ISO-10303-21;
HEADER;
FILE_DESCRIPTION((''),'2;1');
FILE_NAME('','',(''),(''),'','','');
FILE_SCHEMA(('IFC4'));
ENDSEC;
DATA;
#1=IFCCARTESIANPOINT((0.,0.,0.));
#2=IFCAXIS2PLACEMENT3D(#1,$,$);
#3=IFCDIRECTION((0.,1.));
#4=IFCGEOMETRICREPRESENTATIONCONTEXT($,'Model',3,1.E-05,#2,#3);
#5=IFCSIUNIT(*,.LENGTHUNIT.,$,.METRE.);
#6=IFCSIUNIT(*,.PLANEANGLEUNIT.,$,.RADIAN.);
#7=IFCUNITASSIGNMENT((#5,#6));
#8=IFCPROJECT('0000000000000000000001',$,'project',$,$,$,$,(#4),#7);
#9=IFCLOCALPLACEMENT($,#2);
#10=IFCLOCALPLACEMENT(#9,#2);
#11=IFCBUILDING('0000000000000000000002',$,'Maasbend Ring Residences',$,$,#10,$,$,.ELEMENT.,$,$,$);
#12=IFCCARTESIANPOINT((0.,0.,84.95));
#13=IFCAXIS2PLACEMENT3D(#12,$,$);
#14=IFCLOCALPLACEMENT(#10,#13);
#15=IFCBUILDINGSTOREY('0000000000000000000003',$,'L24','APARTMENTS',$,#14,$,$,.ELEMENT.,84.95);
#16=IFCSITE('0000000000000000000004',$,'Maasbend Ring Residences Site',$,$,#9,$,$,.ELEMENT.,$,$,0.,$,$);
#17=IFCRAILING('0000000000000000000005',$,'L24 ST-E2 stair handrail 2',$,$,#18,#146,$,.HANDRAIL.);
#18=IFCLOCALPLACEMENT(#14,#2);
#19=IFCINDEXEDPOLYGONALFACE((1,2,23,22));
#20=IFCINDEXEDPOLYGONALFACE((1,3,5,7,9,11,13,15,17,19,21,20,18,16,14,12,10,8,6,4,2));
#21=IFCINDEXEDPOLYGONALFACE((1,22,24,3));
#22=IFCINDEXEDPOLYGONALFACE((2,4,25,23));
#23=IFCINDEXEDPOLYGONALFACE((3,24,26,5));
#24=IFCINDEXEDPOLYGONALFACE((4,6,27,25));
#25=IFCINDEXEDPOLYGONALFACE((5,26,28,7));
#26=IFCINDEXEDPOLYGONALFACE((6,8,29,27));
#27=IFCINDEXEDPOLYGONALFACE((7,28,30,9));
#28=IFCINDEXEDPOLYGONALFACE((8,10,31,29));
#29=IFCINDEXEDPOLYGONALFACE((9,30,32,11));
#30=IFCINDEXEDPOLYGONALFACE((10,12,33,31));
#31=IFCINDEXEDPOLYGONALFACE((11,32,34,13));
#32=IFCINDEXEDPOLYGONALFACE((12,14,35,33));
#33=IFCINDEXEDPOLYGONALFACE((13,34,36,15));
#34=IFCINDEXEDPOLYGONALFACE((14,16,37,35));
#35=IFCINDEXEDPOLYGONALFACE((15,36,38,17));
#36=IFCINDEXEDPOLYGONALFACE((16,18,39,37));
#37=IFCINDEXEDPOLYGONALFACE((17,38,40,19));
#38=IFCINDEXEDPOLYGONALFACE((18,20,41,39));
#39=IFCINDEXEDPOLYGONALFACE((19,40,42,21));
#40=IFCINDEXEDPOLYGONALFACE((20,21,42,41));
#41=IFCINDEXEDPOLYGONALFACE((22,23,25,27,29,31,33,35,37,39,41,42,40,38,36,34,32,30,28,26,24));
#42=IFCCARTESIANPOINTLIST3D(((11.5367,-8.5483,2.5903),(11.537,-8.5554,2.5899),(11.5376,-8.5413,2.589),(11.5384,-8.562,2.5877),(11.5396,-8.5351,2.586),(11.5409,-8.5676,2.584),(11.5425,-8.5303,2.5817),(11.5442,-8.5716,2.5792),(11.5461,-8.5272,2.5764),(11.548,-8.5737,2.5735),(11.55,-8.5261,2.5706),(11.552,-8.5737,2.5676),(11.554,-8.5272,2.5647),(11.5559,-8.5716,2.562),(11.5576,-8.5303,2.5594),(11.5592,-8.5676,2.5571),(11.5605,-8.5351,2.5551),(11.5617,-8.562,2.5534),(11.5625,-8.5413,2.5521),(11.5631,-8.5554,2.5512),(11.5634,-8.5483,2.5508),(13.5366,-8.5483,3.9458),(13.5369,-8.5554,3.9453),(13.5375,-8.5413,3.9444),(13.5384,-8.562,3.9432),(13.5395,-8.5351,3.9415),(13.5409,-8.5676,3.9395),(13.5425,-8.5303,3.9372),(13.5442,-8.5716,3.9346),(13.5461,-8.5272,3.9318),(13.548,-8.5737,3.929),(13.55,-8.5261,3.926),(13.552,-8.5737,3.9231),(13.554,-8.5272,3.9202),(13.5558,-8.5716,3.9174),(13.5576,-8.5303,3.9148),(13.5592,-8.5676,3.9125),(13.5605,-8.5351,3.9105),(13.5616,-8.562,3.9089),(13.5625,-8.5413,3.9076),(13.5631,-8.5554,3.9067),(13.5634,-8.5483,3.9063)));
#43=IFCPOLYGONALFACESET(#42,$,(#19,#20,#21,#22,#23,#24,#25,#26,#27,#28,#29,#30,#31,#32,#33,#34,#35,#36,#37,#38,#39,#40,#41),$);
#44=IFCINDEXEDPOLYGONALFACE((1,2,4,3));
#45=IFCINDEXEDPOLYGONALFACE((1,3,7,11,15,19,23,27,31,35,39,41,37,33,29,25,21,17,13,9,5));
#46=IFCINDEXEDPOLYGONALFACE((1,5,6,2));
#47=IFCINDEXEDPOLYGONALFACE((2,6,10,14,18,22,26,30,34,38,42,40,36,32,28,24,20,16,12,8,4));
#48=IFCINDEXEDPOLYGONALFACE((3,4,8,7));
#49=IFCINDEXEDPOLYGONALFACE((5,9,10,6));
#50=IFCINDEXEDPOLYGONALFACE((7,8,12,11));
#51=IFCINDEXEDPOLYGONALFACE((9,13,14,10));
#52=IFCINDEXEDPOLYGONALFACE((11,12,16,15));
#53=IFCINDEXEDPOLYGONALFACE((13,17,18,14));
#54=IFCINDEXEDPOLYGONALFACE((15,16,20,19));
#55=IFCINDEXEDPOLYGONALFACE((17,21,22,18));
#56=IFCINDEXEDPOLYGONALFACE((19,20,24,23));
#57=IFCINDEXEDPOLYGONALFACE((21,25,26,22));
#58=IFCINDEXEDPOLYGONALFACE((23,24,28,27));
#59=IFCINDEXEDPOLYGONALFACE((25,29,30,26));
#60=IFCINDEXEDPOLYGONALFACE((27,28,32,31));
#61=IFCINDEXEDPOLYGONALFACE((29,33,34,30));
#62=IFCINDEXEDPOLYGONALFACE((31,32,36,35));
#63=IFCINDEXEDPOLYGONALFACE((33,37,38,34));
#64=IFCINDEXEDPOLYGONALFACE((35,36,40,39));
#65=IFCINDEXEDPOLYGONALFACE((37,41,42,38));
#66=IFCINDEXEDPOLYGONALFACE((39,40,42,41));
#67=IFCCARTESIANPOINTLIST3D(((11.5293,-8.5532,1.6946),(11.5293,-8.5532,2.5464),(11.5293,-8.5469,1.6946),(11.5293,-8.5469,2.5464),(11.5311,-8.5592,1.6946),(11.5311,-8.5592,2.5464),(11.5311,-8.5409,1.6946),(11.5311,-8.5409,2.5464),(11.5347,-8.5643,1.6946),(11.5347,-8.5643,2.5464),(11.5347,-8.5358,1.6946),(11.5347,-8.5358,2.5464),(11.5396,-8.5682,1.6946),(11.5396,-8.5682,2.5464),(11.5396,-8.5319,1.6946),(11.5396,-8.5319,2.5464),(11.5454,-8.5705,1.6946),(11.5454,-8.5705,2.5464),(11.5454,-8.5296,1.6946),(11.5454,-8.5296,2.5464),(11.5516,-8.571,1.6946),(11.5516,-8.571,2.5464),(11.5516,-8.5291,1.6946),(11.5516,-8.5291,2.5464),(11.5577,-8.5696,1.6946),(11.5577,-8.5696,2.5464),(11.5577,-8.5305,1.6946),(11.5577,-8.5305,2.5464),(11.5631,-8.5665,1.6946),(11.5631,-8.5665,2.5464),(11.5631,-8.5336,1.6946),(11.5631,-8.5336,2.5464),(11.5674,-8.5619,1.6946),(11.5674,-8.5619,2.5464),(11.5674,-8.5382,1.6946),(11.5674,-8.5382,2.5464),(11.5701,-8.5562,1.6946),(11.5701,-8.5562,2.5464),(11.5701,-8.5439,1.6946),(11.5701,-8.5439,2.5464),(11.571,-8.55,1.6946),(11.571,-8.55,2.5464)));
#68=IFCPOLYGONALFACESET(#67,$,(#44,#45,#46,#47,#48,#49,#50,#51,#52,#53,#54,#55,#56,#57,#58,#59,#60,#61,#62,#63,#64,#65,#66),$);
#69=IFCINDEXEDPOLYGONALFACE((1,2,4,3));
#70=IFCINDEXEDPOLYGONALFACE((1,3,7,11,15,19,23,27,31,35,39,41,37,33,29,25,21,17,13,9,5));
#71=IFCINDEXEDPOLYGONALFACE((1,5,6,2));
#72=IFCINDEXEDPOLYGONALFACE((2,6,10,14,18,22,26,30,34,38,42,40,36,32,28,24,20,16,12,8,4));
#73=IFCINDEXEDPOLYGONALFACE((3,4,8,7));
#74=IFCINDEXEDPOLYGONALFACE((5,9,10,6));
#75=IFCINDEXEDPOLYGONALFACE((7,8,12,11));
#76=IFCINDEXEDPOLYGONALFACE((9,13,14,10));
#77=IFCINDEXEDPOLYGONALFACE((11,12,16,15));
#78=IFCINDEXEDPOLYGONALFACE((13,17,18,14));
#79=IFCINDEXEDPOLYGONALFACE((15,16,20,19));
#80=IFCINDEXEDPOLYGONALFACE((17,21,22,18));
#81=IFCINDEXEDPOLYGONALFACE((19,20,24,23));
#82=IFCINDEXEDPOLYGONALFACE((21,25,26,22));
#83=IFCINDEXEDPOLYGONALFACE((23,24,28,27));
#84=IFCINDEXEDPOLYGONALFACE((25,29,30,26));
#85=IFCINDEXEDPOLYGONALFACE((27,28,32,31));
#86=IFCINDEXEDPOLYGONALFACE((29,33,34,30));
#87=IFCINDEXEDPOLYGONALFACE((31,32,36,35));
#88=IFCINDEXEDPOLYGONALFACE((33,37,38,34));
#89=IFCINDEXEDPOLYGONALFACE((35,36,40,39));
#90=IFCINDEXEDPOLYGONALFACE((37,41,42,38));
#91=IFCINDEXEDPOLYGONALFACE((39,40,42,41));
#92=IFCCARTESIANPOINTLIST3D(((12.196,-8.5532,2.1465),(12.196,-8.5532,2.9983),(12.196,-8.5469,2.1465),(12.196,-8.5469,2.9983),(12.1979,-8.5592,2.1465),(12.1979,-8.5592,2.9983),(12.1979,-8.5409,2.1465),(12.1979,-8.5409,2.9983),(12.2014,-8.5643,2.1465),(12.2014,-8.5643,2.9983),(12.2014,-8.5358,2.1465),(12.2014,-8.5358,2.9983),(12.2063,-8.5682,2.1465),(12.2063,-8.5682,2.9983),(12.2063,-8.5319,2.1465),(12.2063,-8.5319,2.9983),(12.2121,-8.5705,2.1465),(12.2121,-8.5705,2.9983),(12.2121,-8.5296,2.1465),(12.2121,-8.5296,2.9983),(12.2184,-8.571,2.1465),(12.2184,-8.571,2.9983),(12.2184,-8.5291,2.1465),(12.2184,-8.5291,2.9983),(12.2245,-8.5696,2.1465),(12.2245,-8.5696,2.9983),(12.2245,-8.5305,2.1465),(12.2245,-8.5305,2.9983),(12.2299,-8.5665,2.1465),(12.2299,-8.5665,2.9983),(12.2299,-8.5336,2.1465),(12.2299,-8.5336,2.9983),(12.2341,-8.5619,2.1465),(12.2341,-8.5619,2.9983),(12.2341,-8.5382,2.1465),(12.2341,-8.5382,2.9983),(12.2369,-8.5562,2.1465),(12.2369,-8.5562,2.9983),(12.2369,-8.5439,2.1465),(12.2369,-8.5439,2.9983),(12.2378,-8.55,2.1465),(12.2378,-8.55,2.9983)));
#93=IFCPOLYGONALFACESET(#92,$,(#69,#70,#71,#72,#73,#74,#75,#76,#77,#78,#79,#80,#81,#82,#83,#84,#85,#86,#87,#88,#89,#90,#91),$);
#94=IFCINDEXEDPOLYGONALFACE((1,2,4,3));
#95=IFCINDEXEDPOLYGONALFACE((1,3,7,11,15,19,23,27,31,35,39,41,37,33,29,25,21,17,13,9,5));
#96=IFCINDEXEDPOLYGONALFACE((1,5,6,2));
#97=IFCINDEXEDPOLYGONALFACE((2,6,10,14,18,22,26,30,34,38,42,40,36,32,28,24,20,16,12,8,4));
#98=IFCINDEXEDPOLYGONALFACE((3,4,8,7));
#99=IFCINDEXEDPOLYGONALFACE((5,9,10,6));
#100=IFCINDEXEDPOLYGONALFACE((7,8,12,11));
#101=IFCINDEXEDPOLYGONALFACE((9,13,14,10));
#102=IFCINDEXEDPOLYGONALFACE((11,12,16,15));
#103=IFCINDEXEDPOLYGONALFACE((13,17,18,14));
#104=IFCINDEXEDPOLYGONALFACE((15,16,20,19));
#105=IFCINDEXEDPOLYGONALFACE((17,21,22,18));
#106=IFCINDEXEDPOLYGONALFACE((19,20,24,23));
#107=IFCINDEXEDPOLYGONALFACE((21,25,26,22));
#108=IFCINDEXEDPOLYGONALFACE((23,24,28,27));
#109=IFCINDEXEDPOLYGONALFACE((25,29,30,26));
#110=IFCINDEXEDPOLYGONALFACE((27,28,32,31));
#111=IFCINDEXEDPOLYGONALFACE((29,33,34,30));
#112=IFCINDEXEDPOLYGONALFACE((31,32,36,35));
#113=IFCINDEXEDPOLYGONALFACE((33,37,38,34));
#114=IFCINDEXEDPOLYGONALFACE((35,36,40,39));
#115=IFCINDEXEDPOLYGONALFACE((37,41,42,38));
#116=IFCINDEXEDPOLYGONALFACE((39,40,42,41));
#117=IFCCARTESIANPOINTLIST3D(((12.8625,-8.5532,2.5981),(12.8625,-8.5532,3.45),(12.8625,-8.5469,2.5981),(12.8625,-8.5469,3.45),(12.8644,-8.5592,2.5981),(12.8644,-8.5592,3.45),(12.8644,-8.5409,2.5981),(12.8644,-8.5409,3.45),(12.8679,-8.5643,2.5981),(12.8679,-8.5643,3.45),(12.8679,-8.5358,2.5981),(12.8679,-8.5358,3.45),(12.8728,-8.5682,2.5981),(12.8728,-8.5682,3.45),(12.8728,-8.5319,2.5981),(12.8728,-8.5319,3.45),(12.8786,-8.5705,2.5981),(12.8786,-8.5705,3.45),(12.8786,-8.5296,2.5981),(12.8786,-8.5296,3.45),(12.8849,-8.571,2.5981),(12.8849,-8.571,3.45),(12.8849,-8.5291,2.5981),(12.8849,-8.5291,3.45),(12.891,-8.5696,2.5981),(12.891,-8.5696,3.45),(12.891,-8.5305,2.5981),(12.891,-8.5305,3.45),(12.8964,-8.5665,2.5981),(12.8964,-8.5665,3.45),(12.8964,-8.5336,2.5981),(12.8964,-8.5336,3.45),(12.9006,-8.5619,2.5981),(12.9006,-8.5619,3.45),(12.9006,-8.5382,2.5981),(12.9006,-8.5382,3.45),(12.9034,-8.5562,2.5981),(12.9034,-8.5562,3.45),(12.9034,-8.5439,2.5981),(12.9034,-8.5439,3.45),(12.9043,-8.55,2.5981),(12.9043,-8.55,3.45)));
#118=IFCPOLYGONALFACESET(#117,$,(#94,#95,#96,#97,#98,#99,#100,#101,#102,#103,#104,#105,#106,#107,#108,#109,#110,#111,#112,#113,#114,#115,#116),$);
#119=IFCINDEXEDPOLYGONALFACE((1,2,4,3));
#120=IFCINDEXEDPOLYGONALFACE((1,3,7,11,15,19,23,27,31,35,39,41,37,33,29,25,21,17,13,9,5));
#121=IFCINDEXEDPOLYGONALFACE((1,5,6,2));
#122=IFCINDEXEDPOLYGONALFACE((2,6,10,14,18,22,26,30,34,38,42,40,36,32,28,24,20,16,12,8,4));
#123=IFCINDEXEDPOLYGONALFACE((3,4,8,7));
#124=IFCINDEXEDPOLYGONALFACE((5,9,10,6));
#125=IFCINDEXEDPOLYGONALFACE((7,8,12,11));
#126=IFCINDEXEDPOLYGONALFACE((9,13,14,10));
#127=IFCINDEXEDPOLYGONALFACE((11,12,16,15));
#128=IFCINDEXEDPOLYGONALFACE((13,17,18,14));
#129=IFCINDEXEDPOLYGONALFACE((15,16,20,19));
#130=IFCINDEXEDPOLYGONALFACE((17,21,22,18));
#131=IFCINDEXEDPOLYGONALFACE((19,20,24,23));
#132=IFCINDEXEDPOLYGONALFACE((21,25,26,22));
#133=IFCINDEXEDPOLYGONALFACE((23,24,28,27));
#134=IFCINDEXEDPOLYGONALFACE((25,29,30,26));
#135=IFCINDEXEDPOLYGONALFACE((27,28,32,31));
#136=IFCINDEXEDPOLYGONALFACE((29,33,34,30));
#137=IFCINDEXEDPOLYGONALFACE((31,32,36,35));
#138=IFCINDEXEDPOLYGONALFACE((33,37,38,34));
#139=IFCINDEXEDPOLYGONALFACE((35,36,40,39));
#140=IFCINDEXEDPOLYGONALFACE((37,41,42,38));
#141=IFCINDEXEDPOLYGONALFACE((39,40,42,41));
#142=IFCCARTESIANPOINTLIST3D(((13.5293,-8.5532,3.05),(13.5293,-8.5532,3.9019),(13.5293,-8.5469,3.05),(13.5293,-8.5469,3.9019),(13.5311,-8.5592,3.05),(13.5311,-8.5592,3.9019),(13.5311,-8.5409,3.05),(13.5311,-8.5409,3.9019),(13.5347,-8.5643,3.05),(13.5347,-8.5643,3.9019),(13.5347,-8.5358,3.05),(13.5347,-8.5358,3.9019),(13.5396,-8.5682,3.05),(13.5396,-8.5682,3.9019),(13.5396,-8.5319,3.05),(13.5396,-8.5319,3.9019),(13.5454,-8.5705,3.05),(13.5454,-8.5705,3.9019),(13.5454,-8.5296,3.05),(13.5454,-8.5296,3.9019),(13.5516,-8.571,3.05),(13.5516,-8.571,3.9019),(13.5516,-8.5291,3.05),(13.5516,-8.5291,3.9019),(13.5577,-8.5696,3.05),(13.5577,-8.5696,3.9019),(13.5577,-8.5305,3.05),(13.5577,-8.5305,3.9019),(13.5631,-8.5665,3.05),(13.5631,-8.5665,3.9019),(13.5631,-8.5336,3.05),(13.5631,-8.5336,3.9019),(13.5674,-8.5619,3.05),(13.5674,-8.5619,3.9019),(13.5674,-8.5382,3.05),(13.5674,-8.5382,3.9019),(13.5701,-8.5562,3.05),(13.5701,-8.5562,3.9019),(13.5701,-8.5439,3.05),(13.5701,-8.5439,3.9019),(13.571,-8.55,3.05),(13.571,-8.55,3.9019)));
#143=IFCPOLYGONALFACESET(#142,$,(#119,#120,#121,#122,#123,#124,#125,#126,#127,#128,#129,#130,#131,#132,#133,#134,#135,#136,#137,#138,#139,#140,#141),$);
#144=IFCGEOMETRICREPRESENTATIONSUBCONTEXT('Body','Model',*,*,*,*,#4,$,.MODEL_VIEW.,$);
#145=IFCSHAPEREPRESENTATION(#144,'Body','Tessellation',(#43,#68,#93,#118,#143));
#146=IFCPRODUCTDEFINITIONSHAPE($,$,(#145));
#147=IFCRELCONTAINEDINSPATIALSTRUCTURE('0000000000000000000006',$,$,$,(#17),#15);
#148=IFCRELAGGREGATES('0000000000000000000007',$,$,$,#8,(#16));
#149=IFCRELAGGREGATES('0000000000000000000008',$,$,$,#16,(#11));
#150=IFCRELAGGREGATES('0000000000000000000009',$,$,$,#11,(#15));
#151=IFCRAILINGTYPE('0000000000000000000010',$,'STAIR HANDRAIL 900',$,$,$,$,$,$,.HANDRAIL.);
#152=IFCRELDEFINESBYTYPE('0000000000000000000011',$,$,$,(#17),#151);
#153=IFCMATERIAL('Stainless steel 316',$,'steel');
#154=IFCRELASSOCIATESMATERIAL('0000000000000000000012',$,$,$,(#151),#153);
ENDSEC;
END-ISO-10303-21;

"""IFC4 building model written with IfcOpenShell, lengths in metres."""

from ifc_helpers import new_model, si_unit, direction, frame, origin, origin_2d, place, context, subcontext, project, spatial, circle, extrude, material, type_object, element, save


model = new_model("IFC4")

# Units and contexts
model_context = context("Model", 3, precision=1e-05, world=origin(), true_north=direction((0.0, 1.0)))
body_context = subcontext(model_context, "Body", "Model", "MODEL_VIEW")
ifc_project = project(units=[si_unit("LENGTHUNIT", "METRE"), si_unit("PLANEANGLEUNIT", "RADIAN")], contexts=[model_context])

# Site, building, storey
site_placement = place(None, origin())
site = spatial("IfcSite", under=ifc_project, at=site_placement, Name="Maasbend Ring Residences Site", CompositionType="ELEMENT", RefElevation=0.0)
building_placement = place(site_placement, origin())
building = spatial("IfcBuilding", under=site, at=building_placement, Name="Maasbend Ring Residences", CompositionType="ELEMENT")
storey_placement = place(building_placement, frame((0.0, 0.0, 84.95)))
storey = spatial("IfcBuildingStorey", under=building, at=storey_placement, Name="L24", Description="APARTMENTS", CompositionType="ELEMENT", Elevation=84.95)

# Railing
ifc_material_1 = material(Name="Stainless steel 316", Category="steel")
railing_type_1 = type_object("IfcRailingType", Name="STAIR HANDRAIL 900", PredefinedType="HANDRAIL", material=ifc_material_1)
railing_1_placement = place(storey_placement, frame((11.55, -8.55, 1.6946)))
element("IfcRailing", 1, at=railing_1_placement, inside=storey, type_object=railing_type_1, Name="L24 ST-E2 stair handrail 2", PredefinedType="HANDRAIL", context=body_context, shape_type="SweptSolid", body=[
    extrude(circle(Radius=0.0239, at=origin_2d()), frame((0.0, 0.0, 0.876), z_axis=(0.827798, 0.0, 0.561027), x_axis=(0.0, 1.0, 0.0)), (0.0, 0.0, 1.0), 2.416),
    extrude(circle(Radius=0.021, at=origin_2d()), origin(), (0.0, 0.0, 1.0), 0.8518),
    extrude(circle(Radius=0.021, at=origin_2d()), frame((0.6667, 0.0, 0.4519)), (0.0, 0.0, 1.0), 0.8518),
    extrude(circle(Radius=0.021, at=origin_2d()), frame((1.3333, 0.0, 0.9036)), (0.0, 0.0, 1.0), 0.8518),
    extrude(circle(Radius=0.021, at=origin_2d()), frame((2.0, 0.0, 1.3555)), (0.0, 0.0, 1.0), 0.8518),
])

save(model, "model.ifc")
